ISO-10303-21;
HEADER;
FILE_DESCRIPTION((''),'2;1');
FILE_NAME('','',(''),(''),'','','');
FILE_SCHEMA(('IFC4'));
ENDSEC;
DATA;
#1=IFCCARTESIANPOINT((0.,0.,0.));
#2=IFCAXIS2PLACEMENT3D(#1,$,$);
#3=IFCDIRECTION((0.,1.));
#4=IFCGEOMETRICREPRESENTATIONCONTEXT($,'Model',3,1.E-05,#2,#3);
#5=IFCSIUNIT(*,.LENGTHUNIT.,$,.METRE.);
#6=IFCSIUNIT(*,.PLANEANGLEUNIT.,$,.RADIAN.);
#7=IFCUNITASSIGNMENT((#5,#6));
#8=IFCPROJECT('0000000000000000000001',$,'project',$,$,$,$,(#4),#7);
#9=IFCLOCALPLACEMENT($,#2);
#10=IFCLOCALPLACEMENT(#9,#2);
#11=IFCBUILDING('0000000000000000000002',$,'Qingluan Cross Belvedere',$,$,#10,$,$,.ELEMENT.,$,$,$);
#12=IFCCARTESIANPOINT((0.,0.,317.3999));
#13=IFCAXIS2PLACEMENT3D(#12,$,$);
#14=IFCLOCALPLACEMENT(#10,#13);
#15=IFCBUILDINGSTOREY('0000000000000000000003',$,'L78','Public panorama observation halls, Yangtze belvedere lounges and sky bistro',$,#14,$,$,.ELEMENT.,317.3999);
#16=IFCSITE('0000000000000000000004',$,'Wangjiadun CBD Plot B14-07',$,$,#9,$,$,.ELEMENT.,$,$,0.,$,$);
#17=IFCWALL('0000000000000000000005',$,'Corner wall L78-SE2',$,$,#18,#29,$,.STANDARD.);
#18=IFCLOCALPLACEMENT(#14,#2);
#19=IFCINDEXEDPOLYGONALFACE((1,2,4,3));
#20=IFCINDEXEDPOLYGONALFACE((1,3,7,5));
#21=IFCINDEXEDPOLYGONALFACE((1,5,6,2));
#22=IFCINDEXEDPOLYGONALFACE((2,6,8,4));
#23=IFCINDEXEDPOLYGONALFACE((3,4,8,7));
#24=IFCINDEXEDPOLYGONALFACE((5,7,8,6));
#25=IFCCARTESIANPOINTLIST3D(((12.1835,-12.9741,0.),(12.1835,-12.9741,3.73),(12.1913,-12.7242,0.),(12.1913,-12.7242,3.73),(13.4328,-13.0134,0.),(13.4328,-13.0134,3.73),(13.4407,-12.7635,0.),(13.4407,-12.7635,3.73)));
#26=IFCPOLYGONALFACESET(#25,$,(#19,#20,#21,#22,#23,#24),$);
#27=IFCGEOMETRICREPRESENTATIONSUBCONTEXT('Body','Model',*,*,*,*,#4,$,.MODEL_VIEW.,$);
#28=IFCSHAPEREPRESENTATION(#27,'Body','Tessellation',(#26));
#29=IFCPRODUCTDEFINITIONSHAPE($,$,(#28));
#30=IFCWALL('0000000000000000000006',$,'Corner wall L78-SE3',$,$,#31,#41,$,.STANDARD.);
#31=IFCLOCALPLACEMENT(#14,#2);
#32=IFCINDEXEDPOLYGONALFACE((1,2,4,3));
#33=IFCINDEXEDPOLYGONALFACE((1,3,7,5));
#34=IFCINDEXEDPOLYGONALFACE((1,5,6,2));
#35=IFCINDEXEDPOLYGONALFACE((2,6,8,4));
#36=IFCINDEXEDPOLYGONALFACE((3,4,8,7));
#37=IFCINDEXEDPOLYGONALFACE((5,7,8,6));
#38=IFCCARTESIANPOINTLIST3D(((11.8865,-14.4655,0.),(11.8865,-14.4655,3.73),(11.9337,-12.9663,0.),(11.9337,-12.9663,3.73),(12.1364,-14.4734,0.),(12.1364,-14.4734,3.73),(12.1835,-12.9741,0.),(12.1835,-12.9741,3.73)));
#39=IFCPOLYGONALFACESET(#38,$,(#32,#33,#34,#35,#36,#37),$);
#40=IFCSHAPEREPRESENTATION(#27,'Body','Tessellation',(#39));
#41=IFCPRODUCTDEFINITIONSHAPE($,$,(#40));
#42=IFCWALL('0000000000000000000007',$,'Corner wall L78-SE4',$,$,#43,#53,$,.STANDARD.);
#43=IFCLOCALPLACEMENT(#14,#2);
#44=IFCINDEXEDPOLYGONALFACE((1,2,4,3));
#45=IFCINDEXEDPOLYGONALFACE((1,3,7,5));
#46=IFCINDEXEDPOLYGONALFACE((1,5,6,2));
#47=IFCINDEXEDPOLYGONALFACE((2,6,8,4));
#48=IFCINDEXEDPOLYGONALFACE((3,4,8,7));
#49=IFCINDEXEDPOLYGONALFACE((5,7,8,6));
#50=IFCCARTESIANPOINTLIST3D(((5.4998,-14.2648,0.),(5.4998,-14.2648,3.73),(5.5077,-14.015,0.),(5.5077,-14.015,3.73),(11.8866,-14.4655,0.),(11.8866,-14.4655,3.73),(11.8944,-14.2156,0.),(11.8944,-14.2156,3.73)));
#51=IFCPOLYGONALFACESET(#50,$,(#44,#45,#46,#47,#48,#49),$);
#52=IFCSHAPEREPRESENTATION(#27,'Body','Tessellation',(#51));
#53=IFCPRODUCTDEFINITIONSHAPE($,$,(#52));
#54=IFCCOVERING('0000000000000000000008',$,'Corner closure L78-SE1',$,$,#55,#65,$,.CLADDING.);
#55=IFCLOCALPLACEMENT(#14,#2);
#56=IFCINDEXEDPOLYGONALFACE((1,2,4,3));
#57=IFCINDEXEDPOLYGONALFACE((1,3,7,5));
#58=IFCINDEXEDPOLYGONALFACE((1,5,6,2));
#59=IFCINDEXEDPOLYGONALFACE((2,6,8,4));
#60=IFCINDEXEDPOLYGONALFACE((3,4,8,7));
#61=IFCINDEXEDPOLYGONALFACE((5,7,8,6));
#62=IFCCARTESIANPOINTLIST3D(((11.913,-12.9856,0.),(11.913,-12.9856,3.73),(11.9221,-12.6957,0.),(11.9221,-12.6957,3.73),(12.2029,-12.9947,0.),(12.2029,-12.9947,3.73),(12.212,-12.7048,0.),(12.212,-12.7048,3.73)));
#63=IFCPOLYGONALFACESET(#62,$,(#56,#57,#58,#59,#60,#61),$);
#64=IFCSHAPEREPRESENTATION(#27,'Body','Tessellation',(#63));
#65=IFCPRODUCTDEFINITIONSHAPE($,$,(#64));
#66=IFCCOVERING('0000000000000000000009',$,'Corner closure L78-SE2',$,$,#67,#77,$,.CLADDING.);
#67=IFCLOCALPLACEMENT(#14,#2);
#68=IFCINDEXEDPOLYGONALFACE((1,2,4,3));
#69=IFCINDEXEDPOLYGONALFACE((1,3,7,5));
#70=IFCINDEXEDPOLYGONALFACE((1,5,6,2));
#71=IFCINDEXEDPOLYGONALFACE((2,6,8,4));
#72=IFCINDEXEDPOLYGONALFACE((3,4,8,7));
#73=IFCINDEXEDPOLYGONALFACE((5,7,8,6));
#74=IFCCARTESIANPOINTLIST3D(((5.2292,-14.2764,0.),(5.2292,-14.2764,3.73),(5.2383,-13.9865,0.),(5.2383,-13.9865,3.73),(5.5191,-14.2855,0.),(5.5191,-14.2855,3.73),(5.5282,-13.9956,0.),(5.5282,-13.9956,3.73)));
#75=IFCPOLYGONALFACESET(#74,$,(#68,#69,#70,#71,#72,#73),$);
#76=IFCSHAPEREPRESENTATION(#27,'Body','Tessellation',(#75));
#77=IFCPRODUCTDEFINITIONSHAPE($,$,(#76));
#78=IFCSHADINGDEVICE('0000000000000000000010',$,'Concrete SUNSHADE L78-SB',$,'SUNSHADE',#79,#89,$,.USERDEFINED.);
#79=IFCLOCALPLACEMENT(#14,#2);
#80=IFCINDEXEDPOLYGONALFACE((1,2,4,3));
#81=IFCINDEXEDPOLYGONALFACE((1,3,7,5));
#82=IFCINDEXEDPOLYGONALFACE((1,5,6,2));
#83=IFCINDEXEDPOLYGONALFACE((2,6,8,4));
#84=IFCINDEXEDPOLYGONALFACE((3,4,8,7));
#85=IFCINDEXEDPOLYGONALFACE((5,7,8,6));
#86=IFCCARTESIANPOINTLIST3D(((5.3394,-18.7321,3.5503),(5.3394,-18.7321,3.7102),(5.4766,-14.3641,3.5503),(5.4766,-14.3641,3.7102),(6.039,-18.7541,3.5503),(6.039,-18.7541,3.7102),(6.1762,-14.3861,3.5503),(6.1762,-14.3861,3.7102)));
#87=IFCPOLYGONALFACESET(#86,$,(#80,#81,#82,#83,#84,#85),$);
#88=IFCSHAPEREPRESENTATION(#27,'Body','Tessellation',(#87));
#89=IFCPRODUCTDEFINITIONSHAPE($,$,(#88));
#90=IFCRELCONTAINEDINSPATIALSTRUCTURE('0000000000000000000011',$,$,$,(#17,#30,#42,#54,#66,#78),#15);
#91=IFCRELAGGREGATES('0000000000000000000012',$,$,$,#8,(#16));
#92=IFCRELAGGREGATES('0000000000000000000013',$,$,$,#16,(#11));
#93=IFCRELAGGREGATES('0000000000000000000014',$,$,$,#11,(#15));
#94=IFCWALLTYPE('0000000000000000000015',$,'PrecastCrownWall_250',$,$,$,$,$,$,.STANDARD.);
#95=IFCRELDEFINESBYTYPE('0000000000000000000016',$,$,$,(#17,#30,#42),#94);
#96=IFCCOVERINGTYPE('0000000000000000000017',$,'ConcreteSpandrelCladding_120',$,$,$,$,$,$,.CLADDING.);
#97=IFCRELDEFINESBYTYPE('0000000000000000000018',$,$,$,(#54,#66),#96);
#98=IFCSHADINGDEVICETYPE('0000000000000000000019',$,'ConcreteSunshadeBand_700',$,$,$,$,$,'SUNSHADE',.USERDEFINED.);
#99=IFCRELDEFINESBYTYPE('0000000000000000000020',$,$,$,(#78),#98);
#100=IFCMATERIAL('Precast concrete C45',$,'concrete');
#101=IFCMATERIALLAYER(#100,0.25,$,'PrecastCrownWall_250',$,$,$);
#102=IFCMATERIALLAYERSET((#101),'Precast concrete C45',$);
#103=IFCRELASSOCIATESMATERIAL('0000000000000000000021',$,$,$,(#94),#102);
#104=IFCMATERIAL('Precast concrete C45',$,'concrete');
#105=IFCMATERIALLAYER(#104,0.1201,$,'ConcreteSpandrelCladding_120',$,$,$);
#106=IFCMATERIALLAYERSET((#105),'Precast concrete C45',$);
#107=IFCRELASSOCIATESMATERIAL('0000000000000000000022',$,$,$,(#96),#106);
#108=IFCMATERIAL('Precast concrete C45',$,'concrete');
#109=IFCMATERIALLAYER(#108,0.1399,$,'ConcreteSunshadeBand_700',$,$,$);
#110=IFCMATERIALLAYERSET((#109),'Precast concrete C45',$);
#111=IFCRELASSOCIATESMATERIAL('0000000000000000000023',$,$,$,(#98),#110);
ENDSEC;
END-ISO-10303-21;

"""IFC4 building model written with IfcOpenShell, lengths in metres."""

from ifc_helpers import new_model, si_unit, direction, frame, frame_2d, origin, origin_2d, place, context, subcontext, project, spatial, rectangle, extrude, material, layer, layer_set, type_object, element, save


model = new_model("IFC4")

# Units and contexts
model_context = context("Model", 3, precision=1e-05, world=origin(), true_north=direction((0.0, 1.0)))
body_context = subcontext(model_context, "Body", "Model", "MODEL_VIEW")
ifc_project = project(units=[si_unit("LENGTHUNIT", "METRE"), si_unit("PLANEANGLEUNIT", "RADIAN")], contexts=[model_context])

# Site, building, storey
site_placement = place(None, origin())
site = spatial("IfcSite", under=ifc_project, at=site_placement, Name="Wangjiadun CBD Plot B14-07", CompositionType="ELEMENT", RefElevation=0.0)
building_placement = place(site_placement, origin())
building = spatial("IfcBuilding", under=site, at=building_placement, Name="Qingluan Cross Belvedere", CompositionType="ELEMENT")
storey_placement = place(building_placement, frame((0.0, 0.0, 317.3999)))
storey = spatial("IfcBuildingStorey", under=building, at=storey_placement, Name="L78", Description="Public panorama observation halls, Yangtze belvedere lounges and sky bistro", CompositionType="ELEMENT", Elevation=317.3999)

# Shared definitions
ifc_material_1 = material(Name="Precast concrete C45", Category="concrete")
ifc_layer_1 = layer(ifc_material_1, 0.25, Name="PrecastCrownWall_250")
ifc_layer_set_1 = layer_set([ifc_layer_1], Name="Precast concrete C45")
wall_type_1 = type_object("IfcWallType", Name="PrecastCrownWall_250", PredefinedType="STANDARD", material=ifc_layer_set_1)

# Walls
wall_1_placement = place(storey_placement, frame((13.4368, -12.8884, 0.0), z_axis=(0.0, 0.0, 1.0), x_axis=(-0.999505, 0.031448, 0.0)))
element("IfcWall", 1, at=wall_1_placement, inside=storey, type_object=wall_type_1, Name="Corner wall L78-SE2", PredefinedType="STANDARD", context=body_context, shape_type="SweptSolid", body=[
    extrude(rectangle(XDim=1.25, YDim=0.25, at=frame_2d((0.625, 0.0))), origin(), (0.0, 0.0, 1.0), 3.73),
])
wall_2_placement = place(storey_placement, frame((12.0586, -12.9702, 0.0), z_axis=(0.0, 0.0, 1.0), x_axis=(-0.031413, -0.999507, 0.0)))
element("IfcWall", 2, at=wall_2_placement, inside=storey, type_object=wall_type_1, Name="Corner wall L78-SE3", PredefinedType="STANDARD", context=body_context, shape_type="SweptSolid", body=[
    extrude(rectangle(XDim=1.5, YDim=0.25, at=frame_2d((0.75, 0.0))), origin(), (0.0, 0.0, 1.0), 3.73),
])
wall_3_placement = place(storey_placement, frame((11.8904, -14.3406, 0.0), z_axis=(0.0, 0.0, 1.0), x_axis=(-0.999507, 0.031407, 0.0)))
element("IfcWall", 3, at=wall_3_placement, inside=storey, type_object=wall_type_1, Name="Corner wall L78-SE4", PredefinedType="STANDARD", context=body_context, shape_type="SweptSolid", body=[
    extrude(rectangle(XDim=6.3899, YDim=0.25, at=frame_2d((3.1948, 0.0))), origin(), (0.0, 0.0, 1.0), 3.73),
])

# Coverings
ifc_material_2 = material(Name="Precast concrete C45", Category="concrete")
ifc_layer_2 = layer(ifc_material_2, 0.1201, Name="ConcreteSpandrelCladding_120")
ifc_layer_set_2 = layer_set([ifc_layer_2], Name="Precast concrete C45")
covering_type = type_object("IfcCoveringType", Name="ConcreteSpandrelCladding_120", PredefinedType="CLADDING", material=ifc_layer_set_2)
for number, where, z_axis, x_axis, name in (
    (4, (12.0625, -12.8452, 0.0), (0.0, 0.0, 1.0), (0.999507, -0.031411, 0.0), "Corner closure L78-SE1"),
    (5, (5.3787, -14.136, 0.0), (0.0, 0.0, 1.0), (0.999507, -0.031411, 0.0), "Corner closure L78-SE2"),
):
    element("IfcCovering", number, at=place(storey_placement, frame(where, z_axis=z_axis, x_axis=x_axis)), inside=storey, type_object=covering_type, Name=name, PredefinedType="CLADDING", context=body_context, shape_type="SweptSolid", body=[
        extrude(rectangle(XDim=0.29, YDim=0.29, at=origin_2d()), origin(), (0.0, 0.0, 1.0), 3.73),
    ])

# Shading device
ifc_material_3 = material(Name="Precast concrete C45", Category="concrete")
ifc_layer_3 = layer(ifc_material_3, 0.1399, Name="ConcreteSunshadeBand_700")
ifc_layer_set_3 = layer_set([ifc_layer_3], Name="Precast concrete C45")
shading_device_type = type_object("IfcShadingDeviceType", Name="ConcreteSunshadeBand_700", ElementType="SUNSHADE", PredefinedType="USERDEFINED", material=ifc_layer_set_3)
shading_device_placement = place(storey_placement, frame((5.7578, -16.5591, 3.5503), z_axis=(0.0, 0.0, 1.0), x_axis=(0.031401, 0.999507, 0.0)))
element("IfcShadingDevice", 6, at=shading_device_placement, inside=storey, type_object=shading_device_type, Name="Concrete SUNSHADE L78-SB", ObjectType="SUNSHADE", PredefinedType="USERDEFINED", context=body_context, shape_type="SweptSolid", body=[
    extrude(rectangle(XDim=4.3701, YDim=0.7, at=origin_2d()), origin(), (0.0, 0.0, 1.0), 0.1599),
])

save(model, "model.ifc")
